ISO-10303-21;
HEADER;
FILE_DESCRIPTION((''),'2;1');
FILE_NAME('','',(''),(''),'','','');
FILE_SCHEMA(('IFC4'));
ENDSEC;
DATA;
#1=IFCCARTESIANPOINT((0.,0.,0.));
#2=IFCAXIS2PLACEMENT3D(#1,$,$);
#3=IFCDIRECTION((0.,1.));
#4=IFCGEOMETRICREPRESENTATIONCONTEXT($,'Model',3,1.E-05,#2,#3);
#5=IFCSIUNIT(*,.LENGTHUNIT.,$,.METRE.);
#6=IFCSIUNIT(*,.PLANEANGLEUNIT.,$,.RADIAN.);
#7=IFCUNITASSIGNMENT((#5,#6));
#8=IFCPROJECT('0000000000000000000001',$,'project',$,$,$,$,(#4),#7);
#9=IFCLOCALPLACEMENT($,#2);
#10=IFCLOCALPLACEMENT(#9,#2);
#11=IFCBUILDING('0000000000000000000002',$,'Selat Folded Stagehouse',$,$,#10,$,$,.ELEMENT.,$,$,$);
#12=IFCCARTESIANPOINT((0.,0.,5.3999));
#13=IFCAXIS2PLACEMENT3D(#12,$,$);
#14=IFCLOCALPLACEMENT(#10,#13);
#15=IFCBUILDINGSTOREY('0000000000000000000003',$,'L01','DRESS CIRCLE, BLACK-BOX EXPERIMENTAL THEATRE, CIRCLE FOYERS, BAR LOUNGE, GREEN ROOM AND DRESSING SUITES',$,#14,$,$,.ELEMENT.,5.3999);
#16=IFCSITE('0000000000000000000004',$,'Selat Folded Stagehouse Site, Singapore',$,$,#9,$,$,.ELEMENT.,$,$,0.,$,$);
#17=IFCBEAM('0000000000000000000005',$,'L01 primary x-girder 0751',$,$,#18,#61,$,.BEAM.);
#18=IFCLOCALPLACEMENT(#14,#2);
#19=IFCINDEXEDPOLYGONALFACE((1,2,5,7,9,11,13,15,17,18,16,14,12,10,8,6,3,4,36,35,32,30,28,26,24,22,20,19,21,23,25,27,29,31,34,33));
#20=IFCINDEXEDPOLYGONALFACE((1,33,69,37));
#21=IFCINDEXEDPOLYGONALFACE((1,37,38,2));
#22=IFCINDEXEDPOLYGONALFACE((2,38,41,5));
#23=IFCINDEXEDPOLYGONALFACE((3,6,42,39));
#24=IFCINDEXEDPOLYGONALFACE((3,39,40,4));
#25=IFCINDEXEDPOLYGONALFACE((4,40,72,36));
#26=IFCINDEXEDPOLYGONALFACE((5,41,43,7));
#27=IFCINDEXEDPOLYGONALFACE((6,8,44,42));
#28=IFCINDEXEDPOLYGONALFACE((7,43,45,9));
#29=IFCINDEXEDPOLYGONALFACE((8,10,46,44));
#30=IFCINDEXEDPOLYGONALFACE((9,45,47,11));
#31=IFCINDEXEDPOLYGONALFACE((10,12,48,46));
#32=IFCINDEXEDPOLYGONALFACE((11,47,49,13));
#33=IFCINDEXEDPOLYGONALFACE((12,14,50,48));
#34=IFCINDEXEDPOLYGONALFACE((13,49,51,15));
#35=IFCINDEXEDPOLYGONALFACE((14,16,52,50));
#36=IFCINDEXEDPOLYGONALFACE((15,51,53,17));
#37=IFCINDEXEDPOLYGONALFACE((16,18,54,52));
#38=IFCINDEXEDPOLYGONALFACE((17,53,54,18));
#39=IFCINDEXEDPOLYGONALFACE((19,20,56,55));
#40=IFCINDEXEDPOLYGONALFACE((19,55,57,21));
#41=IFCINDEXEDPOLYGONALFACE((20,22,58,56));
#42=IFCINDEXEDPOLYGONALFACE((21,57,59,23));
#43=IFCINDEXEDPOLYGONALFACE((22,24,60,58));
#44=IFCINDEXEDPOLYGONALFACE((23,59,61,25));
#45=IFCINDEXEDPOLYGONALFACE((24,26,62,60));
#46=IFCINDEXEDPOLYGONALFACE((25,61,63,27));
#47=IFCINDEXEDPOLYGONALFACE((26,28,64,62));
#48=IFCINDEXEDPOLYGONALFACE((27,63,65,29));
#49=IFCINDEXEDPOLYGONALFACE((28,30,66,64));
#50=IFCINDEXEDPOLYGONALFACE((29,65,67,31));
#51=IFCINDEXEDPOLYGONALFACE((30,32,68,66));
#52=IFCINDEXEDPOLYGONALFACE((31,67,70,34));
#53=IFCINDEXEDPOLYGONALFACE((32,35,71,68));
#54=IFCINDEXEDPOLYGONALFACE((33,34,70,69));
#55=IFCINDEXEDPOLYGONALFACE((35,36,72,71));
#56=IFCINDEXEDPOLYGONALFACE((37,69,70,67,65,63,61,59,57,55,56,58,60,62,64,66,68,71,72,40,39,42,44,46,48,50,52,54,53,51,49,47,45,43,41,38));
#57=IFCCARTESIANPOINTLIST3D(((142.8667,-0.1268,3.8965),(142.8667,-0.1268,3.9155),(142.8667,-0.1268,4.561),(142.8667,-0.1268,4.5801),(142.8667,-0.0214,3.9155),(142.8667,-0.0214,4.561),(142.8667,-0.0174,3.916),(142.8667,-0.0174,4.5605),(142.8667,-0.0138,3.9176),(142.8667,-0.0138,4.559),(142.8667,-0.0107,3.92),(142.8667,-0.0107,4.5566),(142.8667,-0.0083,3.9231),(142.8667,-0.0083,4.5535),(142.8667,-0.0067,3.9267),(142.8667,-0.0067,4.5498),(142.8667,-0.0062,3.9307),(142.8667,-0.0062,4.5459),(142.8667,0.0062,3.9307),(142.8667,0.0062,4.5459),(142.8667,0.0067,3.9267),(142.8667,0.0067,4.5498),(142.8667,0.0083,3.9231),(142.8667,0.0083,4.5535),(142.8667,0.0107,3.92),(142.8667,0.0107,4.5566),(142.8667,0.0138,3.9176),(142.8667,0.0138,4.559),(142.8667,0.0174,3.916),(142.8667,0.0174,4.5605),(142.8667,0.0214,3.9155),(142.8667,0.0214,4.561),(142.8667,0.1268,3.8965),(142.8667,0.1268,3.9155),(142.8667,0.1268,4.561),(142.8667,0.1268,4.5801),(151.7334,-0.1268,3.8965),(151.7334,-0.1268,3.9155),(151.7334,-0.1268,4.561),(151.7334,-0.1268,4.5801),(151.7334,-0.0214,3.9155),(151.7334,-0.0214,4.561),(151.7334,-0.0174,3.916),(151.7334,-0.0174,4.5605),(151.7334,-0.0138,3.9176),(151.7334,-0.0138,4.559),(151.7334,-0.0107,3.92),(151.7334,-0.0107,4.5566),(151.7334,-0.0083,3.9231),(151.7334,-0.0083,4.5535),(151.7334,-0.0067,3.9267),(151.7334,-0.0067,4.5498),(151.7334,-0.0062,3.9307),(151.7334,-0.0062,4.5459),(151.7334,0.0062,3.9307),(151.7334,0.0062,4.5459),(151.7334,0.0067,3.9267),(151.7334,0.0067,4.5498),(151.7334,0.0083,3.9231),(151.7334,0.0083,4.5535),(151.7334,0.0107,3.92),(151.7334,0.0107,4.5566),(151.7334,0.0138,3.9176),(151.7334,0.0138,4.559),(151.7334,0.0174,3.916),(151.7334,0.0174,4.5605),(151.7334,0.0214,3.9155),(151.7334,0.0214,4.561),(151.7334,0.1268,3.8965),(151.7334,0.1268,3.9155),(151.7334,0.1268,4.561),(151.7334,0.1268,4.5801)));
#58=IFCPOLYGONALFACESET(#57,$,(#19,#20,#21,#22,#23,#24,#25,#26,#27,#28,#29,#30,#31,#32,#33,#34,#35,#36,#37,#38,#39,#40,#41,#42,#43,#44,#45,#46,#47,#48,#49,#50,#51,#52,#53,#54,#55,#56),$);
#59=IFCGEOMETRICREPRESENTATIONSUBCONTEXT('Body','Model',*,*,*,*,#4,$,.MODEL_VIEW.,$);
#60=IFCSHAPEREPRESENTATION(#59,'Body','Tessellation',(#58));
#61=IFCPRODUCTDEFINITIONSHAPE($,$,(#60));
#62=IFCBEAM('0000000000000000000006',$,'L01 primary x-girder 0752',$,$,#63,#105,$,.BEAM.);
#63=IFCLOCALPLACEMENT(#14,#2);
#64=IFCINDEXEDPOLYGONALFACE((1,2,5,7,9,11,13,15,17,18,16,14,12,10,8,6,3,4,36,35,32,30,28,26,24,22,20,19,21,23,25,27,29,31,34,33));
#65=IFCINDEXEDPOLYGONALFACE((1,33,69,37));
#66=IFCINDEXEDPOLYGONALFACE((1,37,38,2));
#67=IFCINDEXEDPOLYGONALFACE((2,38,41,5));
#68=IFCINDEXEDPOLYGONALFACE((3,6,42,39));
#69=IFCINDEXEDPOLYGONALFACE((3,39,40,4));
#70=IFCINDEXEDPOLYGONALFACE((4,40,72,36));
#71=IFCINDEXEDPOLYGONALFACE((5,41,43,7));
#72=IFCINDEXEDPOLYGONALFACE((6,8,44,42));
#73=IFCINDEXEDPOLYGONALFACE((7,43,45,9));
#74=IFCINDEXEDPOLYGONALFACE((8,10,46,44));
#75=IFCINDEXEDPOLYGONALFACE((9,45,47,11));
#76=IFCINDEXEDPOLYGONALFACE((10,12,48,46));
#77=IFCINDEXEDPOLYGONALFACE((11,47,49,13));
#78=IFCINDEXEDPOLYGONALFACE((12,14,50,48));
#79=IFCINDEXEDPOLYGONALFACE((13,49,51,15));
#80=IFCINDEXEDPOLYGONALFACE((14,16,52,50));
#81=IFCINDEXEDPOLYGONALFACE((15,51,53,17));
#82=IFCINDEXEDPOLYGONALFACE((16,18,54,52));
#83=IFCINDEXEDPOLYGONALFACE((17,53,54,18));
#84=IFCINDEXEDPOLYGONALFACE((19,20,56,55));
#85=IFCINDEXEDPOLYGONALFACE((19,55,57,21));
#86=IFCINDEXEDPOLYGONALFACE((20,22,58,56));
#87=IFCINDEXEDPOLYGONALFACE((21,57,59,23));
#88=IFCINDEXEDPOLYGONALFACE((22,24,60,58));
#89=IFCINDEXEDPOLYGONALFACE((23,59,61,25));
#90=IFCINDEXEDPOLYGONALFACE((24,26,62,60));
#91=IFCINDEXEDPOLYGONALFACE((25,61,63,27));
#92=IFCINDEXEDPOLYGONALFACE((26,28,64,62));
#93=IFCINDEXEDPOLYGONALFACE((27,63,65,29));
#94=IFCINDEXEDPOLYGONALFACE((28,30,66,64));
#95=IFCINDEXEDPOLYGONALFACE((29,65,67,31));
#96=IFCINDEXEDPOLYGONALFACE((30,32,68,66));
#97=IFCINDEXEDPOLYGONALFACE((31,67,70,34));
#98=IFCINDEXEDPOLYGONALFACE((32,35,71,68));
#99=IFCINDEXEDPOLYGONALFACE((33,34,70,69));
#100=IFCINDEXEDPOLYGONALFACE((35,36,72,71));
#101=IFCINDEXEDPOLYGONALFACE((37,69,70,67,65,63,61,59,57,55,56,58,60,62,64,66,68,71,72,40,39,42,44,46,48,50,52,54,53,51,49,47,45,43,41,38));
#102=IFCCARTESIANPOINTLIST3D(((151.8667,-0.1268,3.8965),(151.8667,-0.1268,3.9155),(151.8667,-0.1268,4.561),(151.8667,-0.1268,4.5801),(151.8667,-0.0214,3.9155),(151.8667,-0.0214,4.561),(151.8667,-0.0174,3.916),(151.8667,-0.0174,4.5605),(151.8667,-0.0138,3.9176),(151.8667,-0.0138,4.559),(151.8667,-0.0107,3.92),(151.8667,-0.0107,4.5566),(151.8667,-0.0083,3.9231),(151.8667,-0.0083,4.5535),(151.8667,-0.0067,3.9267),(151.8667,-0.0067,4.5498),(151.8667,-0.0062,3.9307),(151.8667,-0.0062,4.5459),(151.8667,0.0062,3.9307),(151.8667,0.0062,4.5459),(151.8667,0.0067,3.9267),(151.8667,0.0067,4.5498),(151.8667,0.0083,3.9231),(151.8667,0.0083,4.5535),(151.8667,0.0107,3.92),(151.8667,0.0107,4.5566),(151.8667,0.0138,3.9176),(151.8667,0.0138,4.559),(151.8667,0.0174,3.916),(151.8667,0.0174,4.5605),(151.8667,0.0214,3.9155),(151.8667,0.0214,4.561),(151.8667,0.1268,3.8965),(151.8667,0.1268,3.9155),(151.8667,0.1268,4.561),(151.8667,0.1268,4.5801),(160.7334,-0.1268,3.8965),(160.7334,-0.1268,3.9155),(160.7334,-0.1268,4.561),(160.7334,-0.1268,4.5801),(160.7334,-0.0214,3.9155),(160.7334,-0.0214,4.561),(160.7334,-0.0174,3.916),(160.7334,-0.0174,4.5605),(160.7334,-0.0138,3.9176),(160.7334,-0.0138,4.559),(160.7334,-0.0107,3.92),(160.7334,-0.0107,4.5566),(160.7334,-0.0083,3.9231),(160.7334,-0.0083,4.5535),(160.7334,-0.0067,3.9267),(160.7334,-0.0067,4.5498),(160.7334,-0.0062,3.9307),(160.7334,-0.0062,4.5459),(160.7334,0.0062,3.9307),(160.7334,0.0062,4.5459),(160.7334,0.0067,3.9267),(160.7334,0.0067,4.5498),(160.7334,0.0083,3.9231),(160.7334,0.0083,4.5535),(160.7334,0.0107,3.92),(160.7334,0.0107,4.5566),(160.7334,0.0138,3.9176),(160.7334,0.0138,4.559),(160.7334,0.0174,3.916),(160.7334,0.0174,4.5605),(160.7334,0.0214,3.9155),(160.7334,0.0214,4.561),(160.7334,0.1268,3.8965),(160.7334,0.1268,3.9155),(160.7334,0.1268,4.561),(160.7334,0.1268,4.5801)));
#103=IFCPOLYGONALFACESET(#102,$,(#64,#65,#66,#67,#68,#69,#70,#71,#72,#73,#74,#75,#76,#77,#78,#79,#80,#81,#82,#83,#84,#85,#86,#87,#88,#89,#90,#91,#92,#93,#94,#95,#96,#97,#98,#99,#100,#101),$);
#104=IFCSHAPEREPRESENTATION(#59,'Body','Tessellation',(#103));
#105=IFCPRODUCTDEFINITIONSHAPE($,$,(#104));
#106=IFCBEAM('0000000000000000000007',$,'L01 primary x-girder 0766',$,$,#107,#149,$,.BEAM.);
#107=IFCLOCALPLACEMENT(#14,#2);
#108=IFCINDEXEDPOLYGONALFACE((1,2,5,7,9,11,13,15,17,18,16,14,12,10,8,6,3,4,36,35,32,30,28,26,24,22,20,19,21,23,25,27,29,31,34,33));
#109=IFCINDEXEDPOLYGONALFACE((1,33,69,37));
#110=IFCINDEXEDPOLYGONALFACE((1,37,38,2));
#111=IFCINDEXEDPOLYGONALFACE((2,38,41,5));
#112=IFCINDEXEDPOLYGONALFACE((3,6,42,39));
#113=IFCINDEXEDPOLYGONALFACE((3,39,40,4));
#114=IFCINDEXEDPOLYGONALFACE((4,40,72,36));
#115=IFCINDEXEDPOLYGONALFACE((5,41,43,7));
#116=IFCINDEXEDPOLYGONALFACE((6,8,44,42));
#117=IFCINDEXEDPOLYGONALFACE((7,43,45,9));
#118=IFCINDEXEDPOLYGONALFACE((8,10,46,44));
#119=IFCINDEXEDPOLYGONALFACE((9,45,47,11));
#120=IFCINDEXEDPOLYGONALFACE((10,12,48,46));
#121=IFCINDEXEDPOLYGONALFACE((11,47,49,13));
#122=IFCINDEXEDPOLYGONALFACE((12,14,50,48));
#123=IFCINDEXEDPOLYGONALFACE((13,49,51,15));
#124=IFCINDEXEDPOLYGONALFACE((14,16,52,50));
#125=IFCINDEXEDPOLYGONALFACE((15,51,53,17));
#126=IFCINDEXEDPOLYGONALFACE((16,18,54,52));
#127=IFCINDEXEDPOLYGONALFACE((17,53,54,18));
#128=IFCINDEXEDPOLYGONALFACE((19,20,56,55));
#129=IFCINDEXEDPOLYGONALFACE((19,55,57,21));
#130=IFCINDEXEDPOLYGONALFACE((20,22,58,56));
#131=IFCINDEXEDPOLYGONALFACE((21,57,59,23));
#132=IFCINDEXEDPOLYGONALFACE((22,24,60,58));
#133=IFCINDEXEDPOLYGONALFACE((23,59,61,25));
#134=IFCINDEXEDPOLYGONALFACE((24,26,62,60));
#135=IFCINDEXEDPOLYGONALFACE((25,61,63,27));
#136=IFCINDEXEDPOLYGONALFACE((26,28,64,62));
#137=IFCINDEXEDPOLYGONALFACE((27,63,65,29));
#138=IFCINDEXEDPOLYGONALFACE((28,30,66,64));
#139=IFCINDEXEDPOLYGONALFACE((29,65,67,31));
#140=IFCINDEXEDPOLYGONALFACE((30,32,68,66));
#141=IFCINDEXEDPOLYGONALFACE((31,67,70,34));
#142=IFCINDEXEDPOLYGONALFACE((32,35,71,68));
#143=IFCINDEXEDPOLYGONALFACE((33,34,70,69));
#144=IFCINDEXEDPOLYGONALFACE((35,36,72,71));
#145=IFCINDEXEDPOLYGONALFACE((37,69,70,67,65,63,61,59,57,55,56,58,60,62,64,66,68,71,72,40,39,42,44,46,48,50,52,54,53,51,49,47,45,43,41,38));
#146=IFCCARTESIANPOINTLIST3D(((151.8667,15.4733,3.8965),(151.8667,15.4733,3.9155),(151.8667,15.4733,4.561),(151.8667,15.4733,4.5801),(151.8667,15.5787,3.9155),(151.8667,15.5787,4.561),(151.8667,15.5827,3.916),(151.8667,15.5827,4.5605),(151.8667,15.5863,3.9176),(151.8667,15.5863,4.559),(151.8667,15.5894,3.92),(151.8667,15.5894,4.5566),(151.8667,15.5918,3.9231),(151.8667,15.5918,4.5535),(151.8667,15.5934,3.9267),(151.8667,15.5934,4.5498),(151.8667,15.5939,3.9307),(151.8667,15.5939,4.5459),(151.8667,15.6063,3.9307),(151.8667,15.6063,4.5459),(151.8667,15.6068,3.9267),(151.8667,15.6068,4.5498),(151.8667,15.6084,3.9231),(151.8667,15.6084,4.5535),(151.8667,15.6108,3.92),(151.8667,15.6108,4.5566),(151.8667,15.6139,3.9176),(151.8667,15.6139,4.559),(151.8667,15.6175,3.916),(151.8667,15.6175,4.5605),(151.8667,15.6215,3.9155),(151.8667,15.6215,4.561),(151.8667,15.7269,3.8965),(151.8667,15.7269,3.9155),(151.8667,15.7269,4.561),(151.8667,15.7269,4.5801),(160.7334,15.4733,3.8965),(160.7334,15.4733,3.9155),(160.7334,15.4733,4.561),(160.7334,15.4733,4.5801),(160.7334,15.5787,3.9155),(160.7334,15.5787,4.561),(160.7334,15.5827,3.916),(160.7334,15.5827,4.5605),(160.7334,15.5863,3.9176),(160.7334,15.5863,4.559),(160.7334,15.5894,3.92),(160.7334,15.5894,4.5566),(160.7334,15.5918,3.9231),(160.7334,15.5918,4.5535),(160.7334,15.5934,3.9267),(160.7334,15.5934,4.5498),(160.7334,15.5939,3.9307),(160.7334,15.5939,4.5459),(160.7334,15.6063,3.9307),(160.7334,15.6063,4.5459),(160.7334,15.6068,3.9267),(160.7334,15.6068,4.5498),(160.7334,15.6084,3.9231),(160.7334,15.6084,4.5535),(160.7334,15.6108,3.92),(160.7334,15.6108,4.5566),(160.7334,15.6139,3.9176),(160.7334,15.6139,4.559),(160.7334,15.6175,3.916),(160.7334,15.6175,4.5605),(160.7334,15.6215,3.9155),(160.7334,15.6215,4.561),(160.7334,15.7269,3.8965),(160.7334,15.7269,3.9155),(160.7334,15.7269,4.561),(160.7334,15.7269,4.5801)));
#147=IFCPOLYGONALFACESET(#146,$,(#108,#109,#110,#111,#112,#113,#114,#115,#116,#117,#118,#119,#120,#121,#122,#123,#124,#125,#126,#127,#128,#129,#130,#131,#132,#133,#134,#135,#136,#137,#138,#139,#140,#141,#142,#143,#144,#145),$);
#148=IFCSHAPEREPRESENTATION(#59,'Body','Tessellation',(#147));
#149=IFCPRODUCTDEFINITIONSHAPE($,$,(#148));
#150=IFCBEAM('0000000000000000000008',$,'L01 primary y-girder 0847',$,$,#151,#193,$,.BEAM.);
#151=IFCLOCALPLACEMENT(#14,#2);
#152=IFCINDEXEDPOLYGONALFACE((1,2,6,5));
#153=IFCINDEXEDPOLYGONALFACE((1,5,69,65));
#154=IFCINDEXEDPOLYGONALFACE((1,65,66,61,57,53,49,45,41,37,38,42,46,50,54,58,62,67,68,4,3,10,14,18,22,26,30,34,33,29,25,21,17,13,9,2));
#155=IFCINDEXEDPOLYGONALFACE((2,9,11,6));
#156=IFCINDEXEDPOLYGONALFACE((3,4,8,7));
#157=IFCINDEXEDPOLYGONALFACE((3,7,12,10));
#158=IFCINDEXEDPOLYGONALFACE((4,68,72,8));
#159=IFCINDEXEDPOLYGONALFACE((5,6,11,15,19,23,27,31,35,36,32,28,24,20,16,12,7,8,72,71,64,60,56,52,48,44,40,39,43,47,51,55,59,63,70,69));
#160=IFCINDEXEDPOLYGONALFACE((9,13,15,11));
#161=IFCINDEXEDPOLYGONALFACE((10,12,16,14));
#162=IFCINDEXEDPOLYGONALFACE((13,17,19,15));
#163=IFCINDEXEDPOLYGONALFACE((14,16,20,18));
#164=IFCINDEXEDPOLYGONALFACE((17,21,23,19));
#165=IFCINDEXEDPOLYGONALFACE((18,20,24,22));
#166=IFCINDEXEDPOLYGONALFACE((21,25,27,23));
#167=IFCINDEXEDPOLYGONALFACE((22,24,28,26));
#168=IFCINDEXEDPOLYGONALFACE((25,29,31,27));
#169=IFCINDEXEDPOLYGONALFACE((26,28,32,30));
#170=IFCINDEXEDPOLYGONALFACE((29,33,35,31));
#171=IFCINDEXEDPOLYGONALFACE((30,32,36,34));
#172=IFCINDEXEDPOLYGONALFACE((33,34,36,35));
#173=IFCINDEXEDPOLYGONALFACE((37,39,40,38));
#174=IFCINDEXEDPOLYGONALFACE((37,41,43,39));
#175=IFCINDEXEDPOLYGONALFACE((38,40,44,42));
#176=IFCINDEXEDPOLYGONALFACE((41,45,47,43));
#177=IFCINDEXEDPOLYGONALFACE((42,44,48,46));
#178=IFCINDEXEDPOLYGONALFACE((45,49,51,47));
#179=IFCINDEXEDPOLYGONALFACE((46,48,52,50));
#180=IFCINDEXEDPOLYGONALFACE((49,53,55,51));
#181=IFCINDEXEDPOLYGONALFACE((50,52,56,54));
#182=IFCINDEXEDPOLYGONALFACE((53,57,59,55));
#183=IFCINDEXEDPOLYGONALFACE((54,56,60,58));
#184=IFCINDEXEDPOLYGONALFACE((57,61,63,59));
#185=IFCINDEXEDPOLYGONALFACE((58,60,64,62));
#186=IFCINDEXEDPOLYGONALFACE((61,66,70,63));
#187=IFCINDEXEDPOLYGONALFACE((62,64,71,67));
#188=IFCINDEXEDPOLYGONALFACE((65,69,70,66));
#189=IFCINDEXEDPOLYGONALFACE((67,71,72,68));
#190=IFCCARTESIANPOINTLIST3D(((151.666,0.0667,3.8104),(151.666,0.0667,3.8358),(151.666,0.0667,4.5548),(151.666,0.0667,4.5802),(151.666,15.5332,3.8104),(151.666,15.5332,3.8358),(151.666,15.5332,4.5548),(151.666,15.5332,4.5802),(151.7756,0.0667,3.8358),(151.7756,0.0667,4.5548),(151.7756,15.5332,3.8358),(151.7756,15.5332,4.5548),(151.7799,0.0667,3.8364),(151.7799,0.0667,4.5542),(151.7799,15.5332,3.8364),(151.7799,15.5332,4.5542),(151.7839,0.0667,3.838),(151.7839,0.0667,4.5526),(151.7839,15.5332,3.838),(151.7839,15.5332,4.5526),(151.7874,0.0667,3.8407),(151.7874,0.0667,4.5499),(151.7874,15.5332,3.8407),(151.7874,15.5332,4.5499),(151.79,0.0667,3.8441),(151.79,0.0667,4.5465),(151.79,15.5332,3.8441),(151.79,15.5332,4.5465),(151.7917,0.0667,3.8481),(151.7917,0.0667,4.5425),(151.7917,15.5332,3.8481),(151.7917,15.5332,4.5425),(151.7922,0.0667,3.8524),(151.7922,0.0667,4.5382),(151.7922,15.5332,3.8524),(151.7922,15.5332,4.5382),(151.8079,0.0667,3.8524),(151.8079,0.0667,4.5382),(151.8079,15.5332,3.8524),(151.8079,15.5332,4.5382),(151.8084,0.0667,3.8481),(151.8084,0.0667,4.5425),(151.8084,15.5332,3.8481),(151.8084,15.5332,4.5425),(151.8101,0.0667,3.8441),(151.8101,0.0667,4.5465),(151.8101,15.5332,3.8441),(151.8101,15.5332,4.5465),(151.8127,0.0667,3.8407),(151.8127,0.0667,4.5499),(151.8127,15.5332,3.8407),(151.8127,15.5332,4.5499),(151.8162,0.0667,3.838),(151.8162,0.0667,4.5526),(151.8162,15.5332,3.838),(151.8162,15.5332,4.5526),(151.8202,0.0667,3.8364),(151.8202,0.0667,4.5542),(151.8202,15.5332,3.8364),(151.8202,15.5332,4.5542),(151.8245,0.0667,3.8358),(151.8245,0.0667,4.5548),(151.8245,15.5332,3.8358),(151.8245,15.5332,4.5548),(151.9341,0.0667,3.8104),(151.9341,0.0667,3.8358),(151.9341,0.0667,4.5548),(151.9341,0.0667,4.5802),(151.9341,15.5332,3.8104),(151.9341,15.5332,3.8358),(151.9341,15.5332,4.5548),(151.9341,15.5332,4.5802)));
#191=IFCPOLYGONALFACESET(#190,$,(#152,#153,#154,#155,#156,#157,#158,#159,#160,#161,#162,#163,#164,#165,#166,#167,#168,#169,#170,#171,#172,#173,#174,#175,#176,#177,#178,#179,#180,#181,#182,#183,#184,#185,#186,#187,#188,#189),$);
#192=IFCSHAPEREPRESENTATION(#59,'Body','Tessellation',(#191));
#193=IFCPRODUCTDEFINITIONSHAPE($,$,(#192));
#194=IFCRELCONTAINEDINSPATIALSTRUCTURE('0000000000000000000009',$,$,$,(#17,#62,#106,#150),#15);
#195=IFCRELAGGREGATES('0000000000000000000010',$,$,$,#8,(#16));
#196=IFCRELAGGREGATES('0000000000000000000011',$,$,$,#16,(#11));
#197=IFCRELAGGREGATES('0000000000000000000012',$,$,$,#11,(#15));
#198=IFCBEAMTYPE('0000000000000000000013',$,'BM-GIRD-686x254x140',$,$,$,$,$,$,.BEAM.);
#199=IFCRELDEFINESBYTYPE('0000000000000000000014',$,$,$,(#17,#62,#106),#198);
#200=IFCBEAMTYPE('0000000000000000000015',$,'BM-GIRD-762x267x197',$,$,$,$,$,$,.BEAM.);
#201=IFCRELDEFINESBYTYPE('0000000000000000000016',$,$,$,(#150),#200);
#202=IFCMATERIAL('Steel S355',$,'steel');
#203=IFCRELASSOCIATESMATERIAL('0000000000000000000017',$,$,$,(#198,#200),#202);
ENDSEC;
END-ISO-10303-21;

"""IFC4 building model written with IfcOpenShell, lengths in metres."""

from ifc_helpers import new_model, si_unit, direction, frame, origin, origin_2d, place, context, subcontext, project, spatial, i_section, extrude, material, material_profile, profile_set, type_object, element, save


model = new_model("IFC4")

# Units and contexts
model_context = context("Model", 3, precision=1e-05, world=origin(), true_north=direction((0.0, 1.0)))
body_context = subcontext(model_context, "Body", "Model", "MODEL_VIEW")
ifc_project = project(units=[si_unit("LENGTHUNIT", "METRE"), si_unit("PLANEANGLEUNIT", "RADIAN")], contexts=[model_context])

# Site, building, storey
site_placement = place(None, origin())
site = spatial("IfcSite", under=ifc_project, at=site_placement, Name="Selat Folded Stagehouse Site, Singapore", CompositionType="ELEMENT", RefElevation=0.0)
building_placement = place(site_placement, origin())
building = spatial("IfcBuilding", under=site, at=building_placement, Name="Selat Folded Stagehouse", CompositionType="ELEMENT")
storey_placement = place(building_placement, frame((0.0, 0.0, 5.3999)))
storey = spatial("IfcBuildingStorey", under=building, at=storey_placement, Name="L01", Description="DRESS CIRCLE, BLACK-BOX EXPERIMENTAL THEATRE, CIRCLE FOYERS, BAR LOUNGE, GREEN ROOM AND DRESSING SUITES", CompositionType="ELEMENT", Elevation=5.3999)

# Shared definitions
ifc_material_1 = material(Name="Steel S355", Category="steel")

# Beams
ifc_material_profile_1 = material_profile(ifc_material_1, i_section(OverallWidth=0.2537, OverallDepth=0.6836, WebThickness=0.0125, FlangeThickness=0.019, FilletRadius=0.0151, at=origin_2d()), Name="UKB 686x254x140")
ifc_profile_set_1 = profile_set([ifc_material_profile_1], Name="Steel S355")
beam_type_1 = type_object("IfcBeamType", Name="BM-GIRD-686x254x140", PredefinedType="BEAM", material=ifc_profile_set_1)
for number, where, z_axis, x_axis, name in (
    (1, (142.8667, 0.0, 4.2383), (1.0, 0.0, 0.0), (0.0, 1.0, 0.0), "L01 primary x-girder 0751"),
    (2, (151.8667, 0.0, 4.2383), (1.0, 0.0, 0.0), (0.0, 1.0, 0.0), "L01 primary x-girder 0752"),
    (3, (151.8667, 15.6001, 4.2383), (1.0, 0.0, 0.0), (0.0, 1.0, 0.0), "L01 primary x-girder 0766"),
):
    element("IfcBeam", number, at=place(storey_placement, frame(where, z_axis=z_axis, x_axis=x_axis)), inside=storey, type_object=beam_type_1, Name=name, PredefinedType="BEAM", context=body_context, shape_type="SweptSolid", body=[
        extrude(i_section(OverallWidth=0.2537, OverallDepth=0.6836, WebThickness=0.0125, FlangeThickness=0.019, FilletRadius=0.0151, at=origin_2d()), origin(), (0.0, 0.0, 1.0), 8.8667),
    ])
ifc_material_profile_2 = material_profile(ifc_material_1, i_section(OverallWidth=0.2681, OverallDepth=0.7698, WebThickness=0.0156, FlangeThickness=0.0254, FilletRadius=0.0166, at=origin_2d()), Name="UKB 762x267x197")
ifc_profile_set_2 = profile_set([ifc_material_profile_2], Name="Steel S355")
beam_type_2 = type_object("IfcBeamType", Name="BM-GIRD-762x267x197", PredefinedType="BEAM", material=ifc_profile_set_2)
beam_1_placement = place(storey_placement, frame((151.8, 0.0667, 4.1953), z_axis=(0.0, 1.0, 0.0), x_axis=(-1.0, 0.0, 0.0)))
element("IfcBeam", 4, at=beam_1_placement, inside=storey, type_object=beam_type_2, Name="L01 primary y-girder 0847", PredefinedType="BEAM", context=body_context, shape_type="SweptSolid", body=[
    extrude(i_section(OverallWidth=0.2681, OverallDepth=0.7698, WebThickness=0.0156, FlangeThickness=0.0254, FilletRadius=0.0166, at=origin_2d()), origin(), (0.0, 0.0, 1.0), 15.4666),
])

save(model, "model.ifc")
